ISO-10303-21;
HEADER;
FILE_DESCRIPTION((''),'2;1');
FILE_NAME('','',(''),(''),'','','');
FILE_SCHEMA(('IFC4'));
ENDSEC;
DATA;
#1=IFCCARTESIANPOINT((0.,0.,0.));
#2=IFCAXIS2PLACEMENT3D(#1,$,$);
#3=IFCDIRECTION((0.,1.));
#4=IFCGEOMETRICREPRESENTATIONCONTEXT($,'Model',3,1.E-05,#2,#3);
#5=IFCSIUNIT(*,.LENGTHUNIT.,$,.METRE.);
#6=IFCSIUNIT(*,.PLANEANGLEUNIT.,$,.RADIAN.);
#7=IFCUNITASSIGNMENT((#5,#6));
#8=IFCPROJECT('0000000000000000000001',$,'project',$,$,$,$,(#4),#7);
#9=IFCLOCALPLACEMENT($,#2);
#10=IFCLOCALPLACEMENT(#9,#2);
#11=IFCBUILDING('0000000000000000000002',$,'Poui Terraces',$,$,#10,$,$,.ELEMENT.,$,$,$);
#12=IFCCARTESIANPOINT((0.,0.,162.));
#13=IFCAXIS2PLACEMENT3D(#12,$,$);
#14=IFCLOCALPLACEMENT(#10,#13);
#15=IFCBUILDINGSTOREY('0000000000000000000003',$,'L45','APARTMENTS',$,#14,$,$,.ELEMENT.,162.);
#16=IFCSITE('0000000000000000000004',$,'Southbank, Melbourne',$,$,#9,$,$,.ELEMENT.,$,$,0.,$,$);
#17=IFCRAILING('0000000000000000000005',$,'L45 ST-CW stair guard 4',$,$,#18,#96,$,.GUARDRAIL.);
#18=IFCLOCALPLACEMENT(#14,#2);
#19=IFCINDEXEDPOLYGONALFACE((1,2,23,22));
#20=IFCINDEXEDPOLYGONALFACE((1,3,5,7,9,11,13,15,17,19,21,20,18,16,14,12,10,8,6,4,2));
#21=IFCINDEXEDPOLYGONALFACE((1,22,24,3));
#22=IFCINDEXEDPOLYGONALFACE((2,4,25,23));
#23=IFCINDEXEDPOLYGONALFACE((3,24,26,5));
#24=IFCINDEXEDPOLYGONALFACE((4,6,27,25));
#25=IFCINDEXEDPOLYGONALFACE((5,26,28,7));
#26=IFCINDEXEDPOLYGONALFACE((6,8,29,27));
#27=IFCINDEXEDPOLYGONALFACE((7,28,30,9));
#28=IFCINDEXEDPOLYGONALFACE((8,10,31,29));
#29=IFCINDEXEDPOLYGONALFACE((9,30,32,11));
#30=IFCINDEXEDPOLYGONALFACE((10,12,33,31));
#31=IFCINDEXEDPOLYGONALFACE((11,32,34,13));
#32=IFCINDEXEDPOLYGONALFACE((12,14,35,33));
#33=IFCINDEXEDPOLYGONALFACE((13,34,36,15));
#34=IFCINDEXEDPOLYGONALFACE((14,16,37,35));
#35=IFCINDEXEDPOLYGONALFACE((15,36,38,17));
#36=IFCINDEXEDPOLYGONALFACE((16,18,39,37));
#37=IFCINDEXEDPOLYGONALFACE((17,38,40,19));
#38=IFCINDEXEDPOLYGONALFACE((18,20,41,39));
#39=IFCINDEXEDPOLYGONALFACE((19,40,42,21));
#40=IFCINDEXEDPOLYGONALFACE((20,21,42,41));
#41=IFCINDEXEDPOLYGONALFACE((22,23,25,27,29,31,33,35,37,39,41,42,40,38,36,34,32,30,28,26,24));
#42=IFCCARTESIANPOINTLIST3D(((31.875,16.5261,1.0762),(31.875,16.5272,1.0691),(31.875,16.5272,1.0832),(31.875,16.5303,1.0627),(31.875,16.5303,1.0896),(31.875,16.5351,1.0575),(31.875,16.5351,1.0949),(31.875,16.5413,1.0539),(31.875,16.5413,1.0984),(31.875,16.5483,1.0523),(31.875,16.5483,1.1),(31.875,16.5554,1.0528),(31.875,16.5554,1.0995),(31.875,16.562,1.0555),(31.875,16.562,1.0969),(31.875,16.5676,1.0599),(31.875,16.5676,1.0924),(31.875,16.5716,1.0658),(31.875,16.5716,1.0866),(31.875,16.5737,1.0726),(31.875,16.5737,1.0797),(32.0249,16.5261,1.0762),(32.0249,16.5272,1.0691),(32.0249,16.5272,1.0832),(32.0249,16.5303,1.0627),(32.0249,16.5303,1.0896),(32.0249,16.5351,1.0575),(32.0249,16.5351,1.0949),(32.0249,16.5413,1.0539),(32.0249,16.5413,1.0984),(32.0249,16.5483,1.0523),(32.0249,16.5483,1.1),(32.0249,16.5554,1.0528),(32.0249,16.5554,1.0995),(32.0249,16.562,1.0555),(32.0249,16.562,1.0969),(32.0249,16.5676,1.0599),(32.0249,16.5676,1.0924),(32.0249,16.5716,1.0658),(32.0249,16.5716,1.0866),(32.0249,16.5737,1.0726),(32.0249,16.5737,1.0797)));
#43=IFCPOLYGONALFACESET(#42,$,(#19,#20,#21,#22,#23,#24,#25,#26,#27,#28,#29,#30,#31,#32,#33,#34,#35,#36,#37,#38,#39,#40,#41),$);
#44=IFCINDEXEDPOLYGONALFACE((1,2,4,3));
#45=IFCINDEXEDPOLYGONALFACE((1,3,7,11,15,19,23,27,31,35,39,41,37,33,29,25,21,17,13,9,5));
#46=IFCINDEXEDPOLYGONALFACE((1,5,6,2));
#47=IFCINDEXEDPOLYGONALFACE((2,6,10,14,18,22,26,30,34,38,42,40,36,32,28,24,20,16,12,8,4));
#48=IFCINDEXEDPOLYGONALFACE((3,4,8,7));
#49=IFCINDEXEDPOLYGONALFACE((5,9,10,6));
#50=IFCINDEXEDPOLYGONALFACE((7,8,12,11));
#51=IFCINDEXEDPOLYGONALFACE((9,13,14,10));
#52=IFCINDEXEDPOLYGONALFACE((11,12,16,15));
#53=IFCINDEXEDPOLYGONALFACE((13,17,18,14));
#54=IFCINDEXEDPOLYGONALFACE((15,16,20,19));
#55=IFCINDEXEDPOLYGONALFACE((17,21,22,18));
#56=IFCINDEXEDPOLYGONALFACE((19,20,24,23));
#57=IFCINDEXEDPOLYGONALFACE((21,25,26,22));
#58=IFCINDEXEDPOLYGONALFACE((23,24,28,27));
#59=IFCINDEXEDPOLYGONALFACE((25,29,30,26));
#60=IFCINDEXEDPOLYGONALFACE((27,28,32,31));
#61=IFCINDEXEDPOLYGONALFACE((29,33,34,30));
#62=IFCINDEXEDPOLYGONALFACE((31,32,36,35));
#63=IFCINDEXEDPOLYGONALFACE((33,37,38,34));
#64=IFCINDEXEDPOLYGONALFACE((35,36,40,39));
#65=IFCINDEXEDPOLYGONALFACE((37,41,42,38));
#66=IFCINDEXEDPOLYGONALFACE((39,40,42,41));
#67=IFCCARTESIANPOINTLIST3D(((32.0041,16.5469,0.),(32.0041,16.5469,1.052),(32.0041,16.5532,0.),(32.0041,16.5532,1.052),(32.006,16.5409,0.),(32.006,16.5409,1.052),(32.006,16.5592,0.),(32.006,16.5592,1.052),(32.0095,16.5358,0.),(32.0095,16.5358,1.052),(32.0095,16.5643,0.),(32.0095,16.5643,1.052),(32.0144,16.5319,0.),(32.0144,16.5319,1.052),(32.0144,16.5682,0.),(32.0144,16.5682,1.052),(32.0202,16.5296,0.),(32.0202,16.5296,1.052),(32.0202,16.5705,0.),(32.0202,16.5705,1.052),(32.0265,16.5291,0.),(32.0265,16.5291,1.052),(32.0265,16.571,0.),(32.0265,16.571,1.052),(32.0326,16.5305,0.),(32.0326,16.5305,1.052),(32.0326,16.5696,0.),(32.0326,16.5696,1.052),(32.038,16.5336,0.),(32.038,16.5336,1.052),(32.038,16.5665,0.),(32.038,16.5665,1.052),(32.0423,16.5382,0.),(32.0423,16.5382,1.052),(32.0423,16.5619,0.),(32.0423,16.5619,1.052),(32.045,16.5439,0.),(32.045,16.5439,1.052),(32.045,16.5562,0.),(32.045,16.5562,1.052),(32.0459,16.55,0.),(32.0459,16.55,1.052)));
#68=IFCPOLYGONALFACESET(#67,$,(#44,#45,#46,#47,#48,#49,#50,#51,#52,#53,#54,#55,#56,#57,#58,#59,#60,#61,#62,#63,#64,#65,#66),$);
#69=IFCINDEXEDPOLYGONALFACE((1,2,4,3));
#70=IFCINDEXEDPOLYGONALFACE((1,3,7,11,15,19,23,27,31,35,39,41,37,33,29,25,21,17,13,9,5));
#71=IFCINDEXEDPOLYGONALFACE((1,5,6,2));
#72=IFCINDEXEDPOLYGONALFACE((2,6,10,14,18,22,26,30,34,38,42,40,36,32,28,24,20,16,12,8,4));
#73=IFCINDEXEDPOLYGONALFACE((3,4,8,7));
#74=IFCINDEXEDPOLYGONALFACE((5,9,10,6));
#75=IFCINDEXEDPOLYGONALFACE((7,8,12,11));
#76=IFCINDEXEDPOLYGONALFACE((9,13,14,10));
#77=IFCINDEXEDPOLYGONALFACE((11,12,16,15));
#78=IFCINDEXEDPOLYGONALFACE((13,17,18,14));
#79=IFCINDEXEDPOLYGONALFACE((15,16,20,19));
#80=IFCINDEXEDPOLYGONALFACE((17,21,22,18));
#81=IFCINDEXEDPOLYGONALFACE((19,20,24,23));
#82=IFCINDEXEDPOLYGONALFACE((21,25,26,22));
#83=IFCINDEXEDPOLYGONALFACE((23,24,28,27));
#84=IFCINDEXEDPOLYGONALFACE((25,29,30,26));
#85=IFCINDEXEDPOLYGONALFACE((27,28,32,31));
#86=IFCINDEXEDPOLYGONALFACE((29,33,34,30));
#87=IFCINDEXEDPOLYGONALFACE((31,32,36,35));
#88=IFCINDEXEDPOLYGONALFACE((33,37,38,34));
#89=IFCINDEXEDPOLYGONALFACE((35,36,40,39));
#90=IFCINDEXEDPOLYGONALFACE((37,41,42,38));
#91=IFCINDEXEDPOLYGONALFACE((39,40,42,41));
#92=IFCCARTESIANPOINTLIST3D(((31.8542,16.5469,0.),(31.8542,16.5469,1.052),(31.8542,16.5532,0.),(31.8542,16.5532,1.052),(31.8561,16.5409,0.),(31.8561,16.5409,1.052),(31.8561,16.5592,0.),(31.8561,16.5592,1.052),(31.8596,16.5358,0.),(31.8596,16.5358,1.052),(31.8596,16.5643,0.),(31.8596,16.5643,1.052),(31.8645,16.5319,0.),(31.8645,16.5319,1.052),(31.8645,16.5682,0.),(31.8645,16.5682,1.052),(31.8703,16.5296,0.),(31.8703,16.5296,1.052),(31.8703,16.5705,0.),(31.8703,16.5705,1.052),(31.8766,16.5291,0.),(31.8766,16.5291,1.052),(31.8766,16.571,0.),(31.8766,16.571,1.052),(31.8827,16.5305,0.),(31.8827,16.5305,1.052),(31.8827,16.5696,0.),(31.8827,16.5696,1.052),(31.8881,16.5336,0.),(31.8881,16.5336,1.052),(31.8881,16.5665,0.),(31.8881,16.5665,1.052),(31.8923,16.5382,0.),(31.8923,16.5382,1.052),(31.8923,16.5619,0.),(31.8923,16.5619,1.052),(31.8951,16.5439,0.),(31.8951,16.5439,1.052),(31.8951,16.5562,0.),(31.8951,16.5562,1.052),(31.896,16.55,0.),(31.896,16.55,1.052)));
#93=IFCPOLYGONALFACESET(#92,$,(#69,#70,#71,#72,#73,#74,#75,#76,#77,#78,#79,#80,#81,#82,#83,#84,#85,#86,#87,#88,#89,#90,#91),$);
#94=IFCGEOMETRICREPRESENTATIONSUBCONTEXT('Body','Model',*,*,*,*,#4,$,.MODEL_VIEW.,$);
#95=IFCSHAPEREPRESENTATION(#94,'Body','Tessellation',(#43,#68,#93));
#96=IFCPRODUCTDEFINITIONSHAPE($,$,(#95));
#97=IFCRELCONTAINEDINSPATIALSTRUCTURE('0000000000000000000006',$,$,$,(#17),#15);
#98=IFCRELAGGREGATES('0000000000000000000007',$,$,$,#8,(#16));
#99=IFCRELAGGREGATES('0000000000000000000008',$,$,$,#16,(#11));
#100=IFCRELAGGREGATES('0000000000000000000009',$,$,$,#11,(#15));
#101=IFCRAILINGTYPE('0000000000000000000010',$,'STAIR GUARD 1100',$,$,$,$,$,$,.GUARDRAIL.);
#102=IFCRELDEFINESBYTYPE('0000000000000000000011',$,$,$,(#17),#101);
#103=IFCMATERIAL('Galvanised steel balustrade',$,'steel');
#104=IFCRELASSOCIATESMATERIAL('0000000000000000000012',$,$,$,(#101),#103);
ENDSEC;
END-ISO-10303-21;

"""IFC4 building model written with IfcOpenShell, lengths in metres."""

from ifc_helpers import new_model, si_unit, direction, frame, origin, origin_2d, place, context, subcontext, project, spatial, circle, extrude, material, type_object, element, save


model = new_model("IFC4")

# Units and contexts
model_context = context("Model", 3, precision=1e-05, world=origin(), true_north=direction((0.0, 1.0)))
body_context = subcontext(model_context, "Body", "Model", "MODEL_VIEW")
ifc_project = project(units=[si_unit("LENGTHUNIT", "METRE"), si_unit("PLANEANGLEUNIT", "RADIAN")], contexts=[model_context])

# Site, building, storey
site_placement = place(None, origin())
site = spatial("IfcSite", under=ifc_project, at=site_placement, Name="Southbank, Melbourne", CompositionType="ELEMENT", RefElevation=0.0)
building_placement = place(site_placement, origin())
building = spatial("IfcBuilding", under=site, at=building_placement, Name="Poui Terraces", CompositionType="ELEMENT")
storey_placement = place(building_placement, frame((0.0, 0.0, 162.0)))
storey = spatial("IfcBuildingStorey", under=building, at=storey_placement, Name="L45", Description="APARTMENTS", CompositionType="ELEMENT", Elevation=162.0)

# Railing
ifc_material_1 = material(Name="Galvanised steel balustrade", Category="steel")
railing_type_1 = type_object("IfcRailingType", Name="STAIR GUARD 1100", PredefinedType="GUARDRAIL", material=ifc_material_1)
railing_1_placement = place(storey_placement, frame((32.0249, 16.55, 0.0)))
element("IfcRailing", 1, at=railing_1_placement, inside=storey, type_object=railing_type_1, Name="L45 ST-CW stair guard 4", PredefinedType="GUARDRAIL", context=body_context, shape_type="SweptSolid", body=[
    extrude(circle(Radius=0.0239, at=origin_2d()), frame((0.0, 0.0, 1.0762), z_axis=(-1.0, 0.0, 0.0), x_axis=(0.0, -1.0, 0.0)), (0.0, 0.0, 1.0), 0.1499),
    extrude(circle(Radius=0.021, at=origin_2d()), origin(), (0.0, 0.0, 1.0), 1.052),
    extrude(circle(Radius=0.021, at=origin_2d()), frame((-0.1499, 0.0, 0.0)), (0.0, 0.0, 1.0), 1.052),
])

save(model, "model.ifc")
